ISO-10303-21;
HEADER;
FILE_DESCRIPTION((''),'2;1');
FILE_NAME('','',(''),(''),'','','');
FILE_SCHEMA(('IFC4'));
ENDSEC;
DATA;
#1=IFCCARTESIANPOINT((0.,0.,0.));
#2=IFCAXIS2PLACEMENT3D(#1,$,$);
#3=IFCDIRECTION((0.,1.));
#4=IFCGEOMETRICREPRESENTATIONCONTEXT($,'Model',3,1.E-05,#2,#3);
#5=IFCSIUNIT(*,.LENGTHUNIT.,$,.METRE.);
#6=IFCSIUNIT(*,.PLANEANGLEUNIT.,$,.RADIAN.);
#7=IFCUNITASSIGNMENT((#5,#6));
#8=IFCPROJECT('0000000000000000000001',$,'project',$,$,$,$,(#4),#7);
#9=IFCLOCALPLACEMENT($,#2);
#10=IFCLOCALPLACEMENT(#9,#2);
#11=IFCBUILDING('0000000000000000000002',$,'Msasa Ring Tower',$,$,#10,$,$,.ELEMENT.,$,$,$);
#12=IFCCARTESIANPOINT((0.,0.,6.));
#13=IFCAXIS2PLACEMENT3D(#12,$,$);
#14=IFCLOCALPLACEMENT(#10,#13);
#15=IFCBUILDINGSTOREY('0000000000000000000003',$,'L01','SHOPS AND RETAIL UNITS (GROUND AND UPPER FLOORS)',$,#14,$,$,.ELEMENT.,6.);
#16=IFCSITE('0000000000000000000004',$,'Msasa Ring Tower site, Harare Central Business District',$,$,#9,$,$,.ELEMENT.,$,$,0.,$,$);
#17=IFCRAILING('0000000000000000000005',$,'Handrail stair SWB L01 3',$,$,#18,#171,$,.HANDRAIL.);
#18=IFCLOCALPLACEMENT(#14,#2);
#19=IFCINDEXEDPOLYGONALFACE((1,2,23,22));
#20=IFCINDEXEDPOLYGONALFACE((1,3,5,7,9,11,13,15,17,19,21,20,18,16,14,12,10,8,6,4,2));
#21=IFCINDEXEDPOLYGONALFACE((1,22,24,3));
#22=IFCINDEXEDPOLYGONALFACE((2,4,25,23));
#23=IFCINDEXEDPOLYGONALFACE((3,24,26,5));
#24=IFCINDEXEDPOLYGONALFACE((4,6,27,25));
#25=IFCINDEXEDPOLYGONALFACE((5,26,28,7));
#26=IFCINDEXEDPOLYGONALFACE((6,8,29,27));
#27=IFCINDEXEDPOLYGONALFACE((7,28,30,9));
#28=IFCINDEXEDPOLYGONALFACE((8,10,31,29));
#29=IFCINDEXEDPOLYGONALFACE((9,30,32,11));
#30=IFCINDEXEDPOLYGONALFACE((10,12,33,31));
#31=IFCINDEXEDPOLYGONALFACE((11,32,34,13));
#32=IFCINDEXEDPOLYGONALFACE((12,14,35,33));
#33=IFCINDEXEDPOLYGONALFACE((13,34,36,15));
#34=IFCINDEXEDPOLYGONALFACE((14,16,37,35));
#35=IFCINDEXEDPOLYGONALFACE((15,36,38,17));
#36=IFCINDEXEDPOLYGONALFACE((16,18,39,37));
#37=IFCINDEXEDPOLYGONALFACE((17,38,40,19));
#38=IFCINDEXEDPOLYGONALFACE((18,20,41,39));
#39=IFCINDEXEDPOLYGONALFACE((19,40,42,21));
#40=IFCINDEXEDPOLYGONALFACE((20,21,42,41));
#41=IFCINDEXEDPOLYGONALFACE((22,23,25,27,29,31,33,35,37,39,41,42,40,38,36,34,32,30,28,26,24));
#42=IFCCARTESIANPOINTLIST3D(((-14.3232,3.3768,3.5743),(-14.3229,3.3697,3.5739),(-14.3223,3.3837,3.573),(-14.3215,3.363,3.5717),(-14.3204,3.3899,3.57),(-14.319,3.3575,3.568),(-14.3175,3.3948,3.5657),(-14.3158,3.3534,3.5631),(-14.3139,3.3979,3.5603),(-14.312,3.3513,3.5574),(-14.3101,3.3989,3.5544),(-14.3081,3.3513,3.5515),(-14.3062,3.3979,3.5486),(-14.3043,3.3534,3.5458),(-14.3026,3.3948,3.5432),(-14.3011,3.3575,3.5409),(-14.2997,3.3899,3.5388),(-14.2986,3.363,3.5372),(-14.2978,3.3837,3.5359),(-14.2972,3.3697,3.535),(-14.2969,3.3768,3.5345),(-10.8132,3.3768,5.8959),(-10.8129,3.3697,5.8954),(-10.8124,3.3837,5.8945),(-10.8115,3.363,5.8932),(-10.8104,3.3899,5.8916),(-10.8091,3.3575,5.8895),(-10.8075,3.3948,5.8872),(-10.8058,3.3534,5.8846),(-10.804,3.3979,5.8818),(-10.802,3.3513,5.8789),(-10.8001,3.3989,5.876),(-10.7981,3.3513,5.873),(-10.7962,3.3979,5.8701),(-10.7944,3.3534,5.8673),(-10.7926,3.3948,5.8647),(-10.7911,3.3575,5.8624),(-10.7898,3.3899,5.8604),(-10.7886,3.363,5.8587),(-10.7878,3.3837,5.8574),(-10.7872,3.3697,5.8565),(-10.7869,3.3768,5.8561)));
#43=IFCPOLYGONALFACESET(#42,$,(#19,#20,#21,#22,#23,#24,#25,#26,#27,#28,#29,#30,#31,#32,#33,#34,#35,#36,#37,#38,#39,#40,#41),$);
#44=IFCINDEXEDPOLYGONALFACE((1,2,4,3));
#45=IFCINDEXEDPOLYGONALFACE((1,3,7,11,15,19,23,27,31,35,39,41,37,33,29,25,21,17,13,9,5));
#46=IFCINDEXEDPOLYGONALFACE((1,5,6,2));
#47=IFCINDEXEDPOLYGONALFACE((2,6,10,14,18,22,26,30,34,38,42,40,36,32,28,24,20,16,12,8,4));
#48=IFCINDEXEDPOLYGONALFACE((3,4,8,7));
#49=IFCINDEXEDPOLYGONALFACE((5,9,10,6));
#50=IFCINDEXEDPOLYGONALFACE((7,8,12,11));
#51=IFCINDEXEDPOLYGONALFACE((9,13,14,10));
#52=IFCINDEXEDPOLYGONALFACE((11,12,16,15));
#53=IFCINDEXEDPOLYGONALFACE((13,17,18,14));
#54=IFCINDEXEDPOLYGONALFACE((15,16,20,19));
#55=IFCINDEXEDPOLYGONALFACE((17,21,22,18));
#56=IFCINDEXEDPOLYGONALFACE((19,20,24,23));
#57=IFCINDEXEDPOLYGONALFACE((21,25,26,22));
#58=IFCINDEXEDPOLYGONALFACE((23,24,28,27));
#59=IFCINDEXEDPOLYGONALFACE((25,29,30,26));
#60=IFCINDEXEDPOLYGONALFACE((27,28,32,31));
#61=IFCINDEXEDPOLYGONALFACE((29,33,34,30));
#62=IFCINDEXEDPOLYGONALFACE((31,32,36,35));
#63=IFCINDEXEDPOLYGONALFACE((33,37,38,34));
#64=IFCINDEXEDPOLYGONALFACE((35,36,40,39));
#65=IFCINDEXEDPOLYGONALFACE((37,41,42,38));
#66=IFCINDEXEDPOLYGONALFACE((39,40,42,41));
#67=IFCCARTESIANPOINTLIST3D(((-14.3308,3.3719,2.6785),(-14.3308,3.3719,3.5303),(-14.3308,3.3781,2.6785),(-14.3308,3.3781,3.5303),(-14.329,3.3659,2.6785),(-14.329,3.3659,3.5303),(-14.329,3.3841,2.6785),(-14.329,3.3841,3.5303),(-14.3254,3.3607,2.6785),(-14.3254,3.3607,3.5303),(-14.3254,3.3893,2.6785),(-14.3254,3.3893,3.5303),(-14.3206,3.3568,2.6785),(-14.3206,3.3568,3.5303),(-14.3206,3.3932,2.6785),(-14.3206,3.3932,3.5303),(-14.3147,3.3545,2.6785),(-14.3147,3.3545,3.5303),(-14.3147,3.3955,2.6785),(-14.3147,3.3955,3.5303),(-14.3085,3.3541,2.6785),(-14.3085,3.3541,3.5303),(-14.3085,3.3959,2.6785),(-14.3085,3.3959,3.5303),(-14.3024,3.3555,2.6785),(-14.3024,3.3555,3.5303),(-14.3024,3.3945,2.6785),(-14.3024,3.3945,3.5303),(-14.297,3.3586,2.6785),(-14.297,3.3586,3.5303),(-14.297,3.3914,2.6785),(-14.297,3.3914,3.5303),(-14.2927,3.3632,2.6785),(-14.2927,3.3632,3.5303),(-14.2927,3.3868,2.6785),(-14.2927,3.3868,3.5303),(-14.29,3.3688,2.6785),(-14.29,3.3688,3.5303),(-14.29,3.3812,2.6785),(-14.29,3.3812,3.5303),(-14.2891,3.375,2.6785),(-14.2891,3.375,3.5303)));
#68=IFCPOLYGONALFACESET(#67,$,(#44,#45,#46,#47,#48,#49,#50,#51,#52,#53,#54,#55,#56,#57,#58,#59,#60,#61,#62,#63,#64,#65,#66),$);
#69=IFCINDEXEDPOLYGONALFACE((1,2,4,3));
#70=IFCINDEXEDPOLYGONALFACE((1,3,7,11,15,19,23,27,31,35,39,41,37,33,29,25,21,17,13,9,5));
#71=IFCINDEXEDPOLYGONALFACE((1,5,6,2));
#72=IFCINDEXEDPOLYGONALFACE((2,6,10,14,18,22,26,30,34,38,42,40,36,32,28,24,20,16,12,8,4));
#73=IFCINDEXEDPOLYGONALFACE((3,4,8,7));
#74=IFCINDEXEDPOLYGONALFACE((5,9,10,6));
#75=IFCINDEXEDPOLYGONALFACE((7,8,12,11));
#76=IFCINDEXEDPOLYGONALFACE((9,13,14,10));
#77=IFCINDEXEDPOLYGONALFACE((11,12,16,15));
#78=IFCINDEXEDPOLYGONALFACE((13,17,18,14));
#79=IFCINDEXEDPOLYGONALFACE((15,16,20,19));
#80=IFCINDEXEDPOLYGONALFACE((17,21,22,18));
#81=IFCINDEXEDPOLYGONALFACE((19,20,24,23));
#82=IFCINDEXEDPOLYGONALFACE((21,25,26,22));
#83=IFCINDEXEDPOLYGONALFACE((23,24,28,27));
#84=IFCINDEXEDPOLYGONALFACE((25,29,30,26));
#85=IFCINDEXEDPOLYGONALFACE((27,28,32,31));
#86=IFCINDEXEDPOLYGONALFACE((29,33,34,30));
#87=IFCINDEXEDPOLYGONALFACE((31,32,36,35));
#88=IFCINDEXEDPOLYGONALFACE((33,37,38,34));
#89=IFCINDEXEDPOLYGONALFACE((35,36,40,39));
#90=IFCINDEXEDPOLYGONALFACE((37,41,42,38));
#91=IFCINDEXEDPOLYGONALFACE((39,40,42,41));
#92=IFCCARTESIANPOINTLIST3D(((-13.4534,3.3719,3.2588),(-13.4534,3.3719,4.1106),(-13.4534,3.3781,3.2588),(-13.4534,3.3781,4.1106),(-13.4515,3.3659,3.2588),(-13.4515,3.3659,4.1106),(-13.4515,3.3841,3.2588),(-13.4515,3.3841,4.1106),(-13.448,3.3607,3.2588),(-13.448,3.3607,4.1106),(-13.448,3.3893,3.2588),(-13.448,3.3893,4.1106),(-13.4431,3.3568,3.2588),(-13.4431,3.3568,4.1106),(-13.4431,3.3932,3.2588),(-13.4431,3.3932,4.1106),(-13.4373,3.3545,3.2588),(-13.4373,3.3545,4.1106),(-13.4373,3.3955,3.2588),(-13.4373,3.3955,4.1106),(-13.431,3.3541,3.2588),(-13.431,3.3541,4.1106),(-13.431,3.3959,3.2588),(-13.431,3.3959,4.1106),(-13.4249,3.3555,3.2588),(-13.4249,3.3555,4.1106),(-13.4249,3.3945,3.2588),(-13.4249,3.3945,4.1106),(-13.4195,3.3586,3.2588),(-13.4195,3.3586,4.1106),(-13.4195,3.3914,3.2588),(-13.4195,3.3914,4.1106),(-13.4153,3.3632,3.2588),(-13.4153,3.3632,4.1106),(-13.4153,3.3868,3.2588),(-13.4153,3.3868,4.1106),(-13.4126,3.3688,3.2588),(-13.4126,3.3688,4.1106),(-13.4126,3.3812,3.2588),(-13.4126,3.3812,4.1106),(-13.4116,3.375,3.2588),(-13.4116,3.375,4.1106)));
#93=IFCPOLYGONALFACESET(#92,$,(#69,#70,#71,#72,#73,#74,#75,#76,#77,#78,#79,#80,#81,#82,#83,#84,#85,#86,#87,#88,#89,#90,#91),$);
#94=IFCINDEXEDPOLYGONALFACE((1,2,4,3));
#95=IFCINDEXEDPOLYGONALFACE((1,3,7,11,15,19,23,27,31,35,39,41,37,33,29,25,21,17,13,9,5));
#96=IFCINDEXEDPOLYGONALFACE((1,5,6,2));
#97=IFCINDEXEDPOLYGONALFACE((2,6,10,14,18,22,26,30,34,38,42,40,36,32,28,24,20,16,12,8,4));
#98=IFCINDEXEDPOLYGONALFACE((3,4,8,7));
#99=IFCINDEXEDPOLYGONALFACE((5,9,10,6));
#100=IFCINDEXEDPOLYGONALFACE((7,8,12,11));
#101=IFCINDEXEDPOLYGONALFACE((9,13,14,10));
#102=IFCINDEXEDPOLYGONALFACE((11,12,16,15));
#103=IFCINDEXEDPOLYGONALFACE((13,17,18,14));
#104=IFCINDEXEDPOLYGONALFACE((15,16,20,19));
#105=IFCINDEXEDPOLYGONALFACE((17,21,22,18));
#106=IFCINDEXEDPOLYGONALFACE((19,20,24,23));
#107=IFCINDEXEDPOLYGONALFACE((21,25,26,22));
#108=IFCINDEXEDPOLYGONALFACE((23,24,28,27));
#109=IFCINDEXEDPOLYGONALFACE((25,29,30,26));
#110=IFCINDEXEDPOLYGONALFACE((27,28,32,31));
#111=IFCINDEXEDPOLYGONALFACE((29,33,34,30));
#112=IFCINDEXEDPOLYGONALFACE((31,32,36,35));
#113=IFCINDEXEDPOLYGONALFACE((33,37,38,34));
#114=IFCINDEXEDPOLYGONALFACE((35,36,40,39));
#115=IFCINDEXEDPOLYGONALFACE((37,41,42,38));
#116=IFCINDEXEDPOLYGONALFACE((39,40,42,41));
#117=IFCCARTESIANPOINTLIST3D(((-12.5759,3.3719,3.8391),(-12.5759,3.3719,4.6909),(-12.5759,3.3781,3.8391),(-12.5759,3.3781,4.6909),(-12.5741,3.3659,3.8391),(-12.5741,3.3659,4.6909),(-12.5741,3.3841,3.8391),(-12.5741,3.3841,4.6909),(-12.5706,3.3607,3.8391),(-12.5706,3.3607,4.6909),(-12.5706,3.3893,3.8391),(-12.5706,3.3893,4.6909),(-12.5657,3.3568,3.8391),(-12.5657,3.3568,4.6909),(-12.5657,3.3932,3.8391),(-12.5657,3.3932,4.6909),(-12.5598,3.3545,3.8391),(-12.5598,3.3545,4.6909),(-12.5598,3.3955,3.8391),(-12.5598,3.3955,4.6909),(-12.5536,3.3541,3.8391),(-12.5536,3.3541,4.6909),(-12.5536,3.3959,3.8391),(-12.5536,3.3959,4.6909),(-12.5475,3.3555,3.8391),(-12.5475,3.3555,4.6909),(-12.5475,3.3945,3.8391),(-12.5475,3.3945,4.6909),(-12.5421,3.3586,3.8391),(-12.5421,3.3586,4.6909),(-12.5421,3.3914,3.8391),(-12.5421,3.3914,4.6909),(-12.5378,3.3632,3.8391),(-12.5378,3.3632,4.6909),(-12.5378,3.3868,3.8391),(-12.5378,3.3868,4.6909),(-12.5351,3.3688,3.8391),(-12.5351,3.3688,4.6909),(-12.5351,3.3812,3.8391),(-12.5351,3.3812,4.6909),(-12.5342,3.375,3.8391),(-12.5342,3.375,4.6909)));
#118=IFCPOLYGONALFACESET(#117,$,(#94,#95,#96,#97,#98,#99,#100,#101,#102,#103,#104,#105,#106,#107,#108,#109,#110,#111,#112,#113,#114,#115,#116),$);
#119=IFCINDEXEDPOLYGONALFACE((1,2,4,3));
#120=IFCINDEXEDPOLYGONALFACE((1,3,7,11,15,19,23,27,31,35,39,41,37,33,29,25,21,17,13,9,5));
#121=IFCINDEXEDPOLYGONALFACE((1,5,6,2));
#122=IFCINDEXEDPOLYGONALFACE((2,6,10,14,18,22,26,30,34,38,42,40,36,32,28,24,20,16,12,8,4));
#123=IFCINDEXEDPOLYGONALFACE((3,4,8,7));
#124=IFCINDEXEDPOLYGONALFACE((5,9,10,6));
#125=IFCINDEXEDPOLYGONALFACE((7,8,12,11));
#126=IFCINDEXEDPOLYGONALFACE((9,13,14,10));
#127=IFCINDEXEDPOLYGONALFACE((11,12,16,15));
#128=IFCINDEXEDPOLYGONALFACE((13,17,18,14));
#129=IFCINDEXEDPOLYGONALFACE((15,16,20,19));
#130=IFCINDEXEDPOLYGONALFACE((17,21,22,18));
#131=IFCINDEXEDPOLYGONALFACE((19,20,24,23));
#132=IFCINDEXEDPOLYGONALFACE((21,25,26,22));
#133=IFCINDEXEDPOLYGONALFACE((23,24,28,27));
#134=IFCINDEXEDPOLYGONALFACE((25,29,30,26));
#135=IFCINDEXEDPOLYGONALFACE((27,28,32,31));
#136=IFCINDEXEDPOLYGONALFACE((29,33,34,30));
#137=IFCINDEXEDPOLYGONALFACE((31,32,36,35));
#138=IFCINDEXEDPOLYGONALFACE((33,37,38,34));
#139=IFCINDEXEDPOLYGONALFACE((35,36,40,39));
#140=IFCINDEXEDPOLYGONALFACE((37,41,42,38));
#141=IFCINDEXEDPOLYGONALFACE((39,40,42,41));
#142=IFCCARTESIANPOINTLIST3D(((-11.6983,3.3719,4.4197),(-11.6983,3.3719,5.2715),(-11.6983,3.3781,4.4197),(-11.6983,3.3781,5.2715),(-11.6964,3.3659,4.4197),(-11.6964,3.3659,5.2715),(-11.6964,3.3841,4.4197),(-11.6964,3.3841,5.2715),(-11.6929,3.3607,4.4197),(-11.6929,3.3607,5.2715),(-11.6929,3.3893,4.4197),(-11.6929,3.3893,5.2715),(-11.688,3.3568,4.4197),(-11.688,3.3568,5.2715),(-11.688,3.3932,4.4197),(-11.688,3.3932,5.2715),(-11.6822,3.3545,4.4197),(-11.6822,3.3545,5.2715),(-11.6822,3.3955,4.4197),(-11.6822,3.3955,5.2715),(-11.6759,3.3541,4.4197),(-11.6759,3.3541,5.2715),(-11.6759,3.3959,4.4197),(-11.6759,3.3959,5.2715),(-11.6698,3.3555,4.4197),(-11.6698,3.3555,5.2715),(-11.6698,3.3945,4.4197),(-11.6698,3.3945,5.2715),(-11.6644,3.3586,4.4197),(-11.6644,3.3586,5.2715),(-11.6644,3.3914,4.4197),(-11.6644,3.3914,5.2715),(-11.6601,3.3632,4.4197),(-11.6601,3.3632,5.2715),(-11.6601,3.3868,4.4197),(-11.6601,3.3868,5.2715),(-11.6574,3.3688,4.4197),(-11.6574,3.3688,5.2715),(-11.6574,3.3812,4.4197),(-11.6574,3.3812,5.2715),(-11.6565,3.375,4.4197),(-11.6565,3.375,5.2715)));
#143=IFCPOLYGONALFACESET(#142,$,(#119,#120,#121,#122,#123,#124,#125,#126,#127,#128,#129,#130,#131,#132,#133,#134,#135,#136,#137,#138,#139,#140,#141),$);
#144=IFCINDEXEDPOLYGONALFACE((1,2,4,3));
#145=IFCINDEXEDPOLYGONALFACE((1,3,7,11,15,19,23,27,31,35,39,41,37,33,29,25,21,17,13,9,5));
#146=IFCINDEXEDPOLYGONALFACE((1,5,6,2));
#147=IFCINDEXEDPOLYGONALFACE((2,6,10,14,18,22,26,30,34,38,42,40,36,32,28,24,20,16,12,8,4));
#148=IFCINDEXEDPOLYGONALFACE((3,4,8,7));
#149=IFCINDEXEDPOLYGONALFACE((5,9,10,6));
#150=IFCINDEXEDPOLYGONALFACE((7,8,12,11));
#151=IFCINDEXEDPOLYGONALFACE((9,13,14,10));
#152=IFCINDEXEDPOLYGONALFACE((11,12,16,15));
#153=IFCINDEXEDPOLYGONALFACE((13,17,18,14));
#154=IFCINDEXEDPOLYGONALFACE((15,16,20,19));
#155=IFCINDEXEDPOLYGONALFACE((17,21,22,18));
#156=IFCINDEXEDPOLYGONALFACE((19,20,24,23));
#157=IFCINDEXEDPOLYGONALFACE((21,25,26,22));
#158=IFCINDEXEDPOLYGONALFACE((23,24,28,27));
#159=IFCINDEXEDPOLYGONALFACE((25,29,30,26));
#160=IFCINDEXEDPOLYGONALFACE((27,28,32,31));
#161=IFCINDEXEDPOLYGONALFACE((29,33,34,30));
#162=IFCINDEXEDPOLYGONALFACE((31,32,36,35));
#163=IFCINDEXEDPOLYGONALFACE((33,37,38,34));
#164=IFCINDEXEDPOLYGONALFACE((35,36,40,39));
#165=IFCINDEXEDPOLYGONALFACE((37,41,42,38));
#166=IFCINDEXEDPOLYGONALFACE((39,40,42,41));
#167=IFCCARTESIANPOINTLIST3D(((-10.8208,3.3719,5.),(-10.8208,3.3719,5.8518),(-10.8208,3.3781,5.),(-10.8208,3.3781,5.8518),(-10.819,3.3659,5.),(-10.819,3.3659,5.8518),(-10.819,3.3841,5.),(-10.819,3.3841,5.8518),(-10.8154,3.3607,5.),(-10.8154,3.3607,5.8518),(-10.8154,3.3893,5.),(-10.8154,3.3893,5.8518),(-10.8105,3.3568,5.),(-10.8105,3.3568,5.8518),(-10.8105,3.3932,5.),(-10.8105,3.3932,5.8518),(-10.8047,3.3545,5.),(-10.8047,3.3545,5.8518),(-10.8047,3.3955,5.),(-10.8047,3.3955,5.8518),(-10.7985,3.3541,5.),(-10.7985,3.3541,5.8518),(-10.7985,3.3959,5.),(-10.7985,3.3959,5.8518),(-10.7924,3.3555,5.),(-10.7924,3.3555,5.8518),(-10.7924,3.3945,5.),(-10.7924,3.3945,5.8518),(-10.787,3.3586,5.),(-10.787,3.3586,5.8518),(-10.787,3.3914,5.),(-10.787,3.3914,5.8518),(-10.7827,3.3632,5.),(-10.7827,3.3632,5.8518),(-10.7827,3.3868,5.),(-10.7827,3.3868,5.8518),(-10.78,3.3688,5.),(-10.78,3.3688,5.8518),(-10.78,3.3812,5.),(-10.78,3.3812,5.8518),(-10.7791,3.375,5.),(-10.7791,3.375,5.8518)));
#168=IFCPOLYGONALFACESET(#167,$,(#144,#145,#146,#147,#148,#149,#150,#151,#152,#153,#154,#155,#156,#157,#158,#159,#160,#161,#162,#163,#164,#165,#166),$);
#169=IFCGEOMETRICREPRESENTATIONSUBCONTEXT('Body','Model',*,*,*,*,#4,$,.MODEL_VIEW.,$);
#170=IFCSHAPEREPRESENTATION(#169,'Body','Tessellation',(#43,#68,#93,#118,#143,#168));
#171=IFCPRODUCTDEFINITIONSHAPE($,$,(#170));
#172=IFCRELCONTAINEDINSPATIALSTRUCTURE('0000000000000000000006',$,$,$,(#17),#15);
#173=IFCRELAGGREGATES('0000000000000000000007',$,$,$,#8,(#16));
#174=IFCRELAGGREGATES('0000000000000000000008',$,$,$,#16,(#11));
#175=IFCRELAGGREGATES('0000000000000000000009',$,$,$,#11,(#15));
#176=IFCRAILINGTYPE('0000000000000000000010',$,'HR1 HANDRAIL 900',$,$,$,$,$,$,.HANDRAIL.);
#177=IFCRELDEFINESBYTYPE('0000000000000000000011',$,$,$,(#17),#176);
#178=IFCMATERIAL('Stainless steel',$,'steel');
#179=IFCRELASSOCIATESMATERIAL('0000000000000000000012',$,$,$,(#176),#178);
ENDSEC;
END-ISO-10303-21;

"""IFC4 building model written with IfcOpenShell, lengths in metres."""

from ifc_helpers import new_model, si_unit, direction, frame, origin, origin_2d, place, context, subcontext, project, spatial, circle, extrude, material, type_object, element, save


model = new_model("IFC4")

# Units and contexts
model_context = context("Model", 3, precision=1e-05, world=origin(), true_north=direction((0.0, 1.0)))
body_context = subcontext(model_context, "Body", "Model", "MODEL_VIEW")
ifc_project = project(units=[si_unit("LENGTHUNIT", "METRE"), si_unit("PLANEANGLEUNIT", "RADIAN")], contexts=[model_context])

# Site, building, storey
site_placement = place(None, origin())
site = spatial("IfcSite", under=ifc_project, at=site_placement, Name="Msasa Ring Tower site, Harare Central Business District", CompositionType="ELEMENT", RefElevation=0.0)
building_placement = place(site_placement, origin())
building = spatial("IfcBuilding", under=site, at=building_placement, Name="Msasa Ring Tower", CompositionType="ELEMENT")
storey_placement = place(building_placement, frame((0.0, 0.0, 6.0)))
storey = spatial("IfcBuildingStorey", under=building, at=storey_placement, Name="L01", Description="SHOPS AND RETAIL UNITS (GROUND AND UPPER FLOORS)", CompositionType="ELEMENT", Elevation=6.0)

# Railing
ifc_material_1 = material(Name="Stainless steel", Category="steel")
railing_type = type_object("IfcRailingType", Name="HR1 HANDRAIL 900", PredefinedType="HANDRAIL", material=ifc_material_1)
for number, where, name in (
    (1, (-14.3101, 3.375, 2.6785), "Handrail stair SWB L01 3"),
):
    element("IfcRailing", number, at=place(storey_placement, frame(where)), inside=storey, type_object=railing_type, Name=name, PredefinedType="HANDRAIL", context=body_context, shape_type="SweptSolid", body=[
        extrude(circle(Radius=0.0239, at=origin_2d()), frame((0.0, 0.0, 0.876), z_axis=(0.834071, 0.0, 0.551657), x_axis=(0.0, 1.0, 0.0)), (0.0, 0.0, 1.0), 4.2083),
        extrude(circle(Radius=0.021, at=origin_2d()), origin(), (0.0, 0.0, 1.0), 0.8518),
        extrude(circle(Radius=0.021, at=origin_2d()), frame((0.8774, 0.0, 0.5803)), (0.0, 0.0, 1.0), 0.8518),
        extrude(circle(Radius=0.021, at=origin_2d()), frame((1.7549, 0.0, 1.1606)), (0.0, 0.0, 1.0), 0.8518),
        extrude(circle(Radius=0.021, at=origin_2d()), frame((2.6326, 0.0, 1.7412)), (0.0, 0.0, 1.0), 0.8518),
        extrude(circle(Radius=0.021, at=origin_2d()), frame((3.51, 0.0, 2.3215)), (0.0, 0.0, 1.0), 0.8518),
    ])

save(model, "model.ifc")
